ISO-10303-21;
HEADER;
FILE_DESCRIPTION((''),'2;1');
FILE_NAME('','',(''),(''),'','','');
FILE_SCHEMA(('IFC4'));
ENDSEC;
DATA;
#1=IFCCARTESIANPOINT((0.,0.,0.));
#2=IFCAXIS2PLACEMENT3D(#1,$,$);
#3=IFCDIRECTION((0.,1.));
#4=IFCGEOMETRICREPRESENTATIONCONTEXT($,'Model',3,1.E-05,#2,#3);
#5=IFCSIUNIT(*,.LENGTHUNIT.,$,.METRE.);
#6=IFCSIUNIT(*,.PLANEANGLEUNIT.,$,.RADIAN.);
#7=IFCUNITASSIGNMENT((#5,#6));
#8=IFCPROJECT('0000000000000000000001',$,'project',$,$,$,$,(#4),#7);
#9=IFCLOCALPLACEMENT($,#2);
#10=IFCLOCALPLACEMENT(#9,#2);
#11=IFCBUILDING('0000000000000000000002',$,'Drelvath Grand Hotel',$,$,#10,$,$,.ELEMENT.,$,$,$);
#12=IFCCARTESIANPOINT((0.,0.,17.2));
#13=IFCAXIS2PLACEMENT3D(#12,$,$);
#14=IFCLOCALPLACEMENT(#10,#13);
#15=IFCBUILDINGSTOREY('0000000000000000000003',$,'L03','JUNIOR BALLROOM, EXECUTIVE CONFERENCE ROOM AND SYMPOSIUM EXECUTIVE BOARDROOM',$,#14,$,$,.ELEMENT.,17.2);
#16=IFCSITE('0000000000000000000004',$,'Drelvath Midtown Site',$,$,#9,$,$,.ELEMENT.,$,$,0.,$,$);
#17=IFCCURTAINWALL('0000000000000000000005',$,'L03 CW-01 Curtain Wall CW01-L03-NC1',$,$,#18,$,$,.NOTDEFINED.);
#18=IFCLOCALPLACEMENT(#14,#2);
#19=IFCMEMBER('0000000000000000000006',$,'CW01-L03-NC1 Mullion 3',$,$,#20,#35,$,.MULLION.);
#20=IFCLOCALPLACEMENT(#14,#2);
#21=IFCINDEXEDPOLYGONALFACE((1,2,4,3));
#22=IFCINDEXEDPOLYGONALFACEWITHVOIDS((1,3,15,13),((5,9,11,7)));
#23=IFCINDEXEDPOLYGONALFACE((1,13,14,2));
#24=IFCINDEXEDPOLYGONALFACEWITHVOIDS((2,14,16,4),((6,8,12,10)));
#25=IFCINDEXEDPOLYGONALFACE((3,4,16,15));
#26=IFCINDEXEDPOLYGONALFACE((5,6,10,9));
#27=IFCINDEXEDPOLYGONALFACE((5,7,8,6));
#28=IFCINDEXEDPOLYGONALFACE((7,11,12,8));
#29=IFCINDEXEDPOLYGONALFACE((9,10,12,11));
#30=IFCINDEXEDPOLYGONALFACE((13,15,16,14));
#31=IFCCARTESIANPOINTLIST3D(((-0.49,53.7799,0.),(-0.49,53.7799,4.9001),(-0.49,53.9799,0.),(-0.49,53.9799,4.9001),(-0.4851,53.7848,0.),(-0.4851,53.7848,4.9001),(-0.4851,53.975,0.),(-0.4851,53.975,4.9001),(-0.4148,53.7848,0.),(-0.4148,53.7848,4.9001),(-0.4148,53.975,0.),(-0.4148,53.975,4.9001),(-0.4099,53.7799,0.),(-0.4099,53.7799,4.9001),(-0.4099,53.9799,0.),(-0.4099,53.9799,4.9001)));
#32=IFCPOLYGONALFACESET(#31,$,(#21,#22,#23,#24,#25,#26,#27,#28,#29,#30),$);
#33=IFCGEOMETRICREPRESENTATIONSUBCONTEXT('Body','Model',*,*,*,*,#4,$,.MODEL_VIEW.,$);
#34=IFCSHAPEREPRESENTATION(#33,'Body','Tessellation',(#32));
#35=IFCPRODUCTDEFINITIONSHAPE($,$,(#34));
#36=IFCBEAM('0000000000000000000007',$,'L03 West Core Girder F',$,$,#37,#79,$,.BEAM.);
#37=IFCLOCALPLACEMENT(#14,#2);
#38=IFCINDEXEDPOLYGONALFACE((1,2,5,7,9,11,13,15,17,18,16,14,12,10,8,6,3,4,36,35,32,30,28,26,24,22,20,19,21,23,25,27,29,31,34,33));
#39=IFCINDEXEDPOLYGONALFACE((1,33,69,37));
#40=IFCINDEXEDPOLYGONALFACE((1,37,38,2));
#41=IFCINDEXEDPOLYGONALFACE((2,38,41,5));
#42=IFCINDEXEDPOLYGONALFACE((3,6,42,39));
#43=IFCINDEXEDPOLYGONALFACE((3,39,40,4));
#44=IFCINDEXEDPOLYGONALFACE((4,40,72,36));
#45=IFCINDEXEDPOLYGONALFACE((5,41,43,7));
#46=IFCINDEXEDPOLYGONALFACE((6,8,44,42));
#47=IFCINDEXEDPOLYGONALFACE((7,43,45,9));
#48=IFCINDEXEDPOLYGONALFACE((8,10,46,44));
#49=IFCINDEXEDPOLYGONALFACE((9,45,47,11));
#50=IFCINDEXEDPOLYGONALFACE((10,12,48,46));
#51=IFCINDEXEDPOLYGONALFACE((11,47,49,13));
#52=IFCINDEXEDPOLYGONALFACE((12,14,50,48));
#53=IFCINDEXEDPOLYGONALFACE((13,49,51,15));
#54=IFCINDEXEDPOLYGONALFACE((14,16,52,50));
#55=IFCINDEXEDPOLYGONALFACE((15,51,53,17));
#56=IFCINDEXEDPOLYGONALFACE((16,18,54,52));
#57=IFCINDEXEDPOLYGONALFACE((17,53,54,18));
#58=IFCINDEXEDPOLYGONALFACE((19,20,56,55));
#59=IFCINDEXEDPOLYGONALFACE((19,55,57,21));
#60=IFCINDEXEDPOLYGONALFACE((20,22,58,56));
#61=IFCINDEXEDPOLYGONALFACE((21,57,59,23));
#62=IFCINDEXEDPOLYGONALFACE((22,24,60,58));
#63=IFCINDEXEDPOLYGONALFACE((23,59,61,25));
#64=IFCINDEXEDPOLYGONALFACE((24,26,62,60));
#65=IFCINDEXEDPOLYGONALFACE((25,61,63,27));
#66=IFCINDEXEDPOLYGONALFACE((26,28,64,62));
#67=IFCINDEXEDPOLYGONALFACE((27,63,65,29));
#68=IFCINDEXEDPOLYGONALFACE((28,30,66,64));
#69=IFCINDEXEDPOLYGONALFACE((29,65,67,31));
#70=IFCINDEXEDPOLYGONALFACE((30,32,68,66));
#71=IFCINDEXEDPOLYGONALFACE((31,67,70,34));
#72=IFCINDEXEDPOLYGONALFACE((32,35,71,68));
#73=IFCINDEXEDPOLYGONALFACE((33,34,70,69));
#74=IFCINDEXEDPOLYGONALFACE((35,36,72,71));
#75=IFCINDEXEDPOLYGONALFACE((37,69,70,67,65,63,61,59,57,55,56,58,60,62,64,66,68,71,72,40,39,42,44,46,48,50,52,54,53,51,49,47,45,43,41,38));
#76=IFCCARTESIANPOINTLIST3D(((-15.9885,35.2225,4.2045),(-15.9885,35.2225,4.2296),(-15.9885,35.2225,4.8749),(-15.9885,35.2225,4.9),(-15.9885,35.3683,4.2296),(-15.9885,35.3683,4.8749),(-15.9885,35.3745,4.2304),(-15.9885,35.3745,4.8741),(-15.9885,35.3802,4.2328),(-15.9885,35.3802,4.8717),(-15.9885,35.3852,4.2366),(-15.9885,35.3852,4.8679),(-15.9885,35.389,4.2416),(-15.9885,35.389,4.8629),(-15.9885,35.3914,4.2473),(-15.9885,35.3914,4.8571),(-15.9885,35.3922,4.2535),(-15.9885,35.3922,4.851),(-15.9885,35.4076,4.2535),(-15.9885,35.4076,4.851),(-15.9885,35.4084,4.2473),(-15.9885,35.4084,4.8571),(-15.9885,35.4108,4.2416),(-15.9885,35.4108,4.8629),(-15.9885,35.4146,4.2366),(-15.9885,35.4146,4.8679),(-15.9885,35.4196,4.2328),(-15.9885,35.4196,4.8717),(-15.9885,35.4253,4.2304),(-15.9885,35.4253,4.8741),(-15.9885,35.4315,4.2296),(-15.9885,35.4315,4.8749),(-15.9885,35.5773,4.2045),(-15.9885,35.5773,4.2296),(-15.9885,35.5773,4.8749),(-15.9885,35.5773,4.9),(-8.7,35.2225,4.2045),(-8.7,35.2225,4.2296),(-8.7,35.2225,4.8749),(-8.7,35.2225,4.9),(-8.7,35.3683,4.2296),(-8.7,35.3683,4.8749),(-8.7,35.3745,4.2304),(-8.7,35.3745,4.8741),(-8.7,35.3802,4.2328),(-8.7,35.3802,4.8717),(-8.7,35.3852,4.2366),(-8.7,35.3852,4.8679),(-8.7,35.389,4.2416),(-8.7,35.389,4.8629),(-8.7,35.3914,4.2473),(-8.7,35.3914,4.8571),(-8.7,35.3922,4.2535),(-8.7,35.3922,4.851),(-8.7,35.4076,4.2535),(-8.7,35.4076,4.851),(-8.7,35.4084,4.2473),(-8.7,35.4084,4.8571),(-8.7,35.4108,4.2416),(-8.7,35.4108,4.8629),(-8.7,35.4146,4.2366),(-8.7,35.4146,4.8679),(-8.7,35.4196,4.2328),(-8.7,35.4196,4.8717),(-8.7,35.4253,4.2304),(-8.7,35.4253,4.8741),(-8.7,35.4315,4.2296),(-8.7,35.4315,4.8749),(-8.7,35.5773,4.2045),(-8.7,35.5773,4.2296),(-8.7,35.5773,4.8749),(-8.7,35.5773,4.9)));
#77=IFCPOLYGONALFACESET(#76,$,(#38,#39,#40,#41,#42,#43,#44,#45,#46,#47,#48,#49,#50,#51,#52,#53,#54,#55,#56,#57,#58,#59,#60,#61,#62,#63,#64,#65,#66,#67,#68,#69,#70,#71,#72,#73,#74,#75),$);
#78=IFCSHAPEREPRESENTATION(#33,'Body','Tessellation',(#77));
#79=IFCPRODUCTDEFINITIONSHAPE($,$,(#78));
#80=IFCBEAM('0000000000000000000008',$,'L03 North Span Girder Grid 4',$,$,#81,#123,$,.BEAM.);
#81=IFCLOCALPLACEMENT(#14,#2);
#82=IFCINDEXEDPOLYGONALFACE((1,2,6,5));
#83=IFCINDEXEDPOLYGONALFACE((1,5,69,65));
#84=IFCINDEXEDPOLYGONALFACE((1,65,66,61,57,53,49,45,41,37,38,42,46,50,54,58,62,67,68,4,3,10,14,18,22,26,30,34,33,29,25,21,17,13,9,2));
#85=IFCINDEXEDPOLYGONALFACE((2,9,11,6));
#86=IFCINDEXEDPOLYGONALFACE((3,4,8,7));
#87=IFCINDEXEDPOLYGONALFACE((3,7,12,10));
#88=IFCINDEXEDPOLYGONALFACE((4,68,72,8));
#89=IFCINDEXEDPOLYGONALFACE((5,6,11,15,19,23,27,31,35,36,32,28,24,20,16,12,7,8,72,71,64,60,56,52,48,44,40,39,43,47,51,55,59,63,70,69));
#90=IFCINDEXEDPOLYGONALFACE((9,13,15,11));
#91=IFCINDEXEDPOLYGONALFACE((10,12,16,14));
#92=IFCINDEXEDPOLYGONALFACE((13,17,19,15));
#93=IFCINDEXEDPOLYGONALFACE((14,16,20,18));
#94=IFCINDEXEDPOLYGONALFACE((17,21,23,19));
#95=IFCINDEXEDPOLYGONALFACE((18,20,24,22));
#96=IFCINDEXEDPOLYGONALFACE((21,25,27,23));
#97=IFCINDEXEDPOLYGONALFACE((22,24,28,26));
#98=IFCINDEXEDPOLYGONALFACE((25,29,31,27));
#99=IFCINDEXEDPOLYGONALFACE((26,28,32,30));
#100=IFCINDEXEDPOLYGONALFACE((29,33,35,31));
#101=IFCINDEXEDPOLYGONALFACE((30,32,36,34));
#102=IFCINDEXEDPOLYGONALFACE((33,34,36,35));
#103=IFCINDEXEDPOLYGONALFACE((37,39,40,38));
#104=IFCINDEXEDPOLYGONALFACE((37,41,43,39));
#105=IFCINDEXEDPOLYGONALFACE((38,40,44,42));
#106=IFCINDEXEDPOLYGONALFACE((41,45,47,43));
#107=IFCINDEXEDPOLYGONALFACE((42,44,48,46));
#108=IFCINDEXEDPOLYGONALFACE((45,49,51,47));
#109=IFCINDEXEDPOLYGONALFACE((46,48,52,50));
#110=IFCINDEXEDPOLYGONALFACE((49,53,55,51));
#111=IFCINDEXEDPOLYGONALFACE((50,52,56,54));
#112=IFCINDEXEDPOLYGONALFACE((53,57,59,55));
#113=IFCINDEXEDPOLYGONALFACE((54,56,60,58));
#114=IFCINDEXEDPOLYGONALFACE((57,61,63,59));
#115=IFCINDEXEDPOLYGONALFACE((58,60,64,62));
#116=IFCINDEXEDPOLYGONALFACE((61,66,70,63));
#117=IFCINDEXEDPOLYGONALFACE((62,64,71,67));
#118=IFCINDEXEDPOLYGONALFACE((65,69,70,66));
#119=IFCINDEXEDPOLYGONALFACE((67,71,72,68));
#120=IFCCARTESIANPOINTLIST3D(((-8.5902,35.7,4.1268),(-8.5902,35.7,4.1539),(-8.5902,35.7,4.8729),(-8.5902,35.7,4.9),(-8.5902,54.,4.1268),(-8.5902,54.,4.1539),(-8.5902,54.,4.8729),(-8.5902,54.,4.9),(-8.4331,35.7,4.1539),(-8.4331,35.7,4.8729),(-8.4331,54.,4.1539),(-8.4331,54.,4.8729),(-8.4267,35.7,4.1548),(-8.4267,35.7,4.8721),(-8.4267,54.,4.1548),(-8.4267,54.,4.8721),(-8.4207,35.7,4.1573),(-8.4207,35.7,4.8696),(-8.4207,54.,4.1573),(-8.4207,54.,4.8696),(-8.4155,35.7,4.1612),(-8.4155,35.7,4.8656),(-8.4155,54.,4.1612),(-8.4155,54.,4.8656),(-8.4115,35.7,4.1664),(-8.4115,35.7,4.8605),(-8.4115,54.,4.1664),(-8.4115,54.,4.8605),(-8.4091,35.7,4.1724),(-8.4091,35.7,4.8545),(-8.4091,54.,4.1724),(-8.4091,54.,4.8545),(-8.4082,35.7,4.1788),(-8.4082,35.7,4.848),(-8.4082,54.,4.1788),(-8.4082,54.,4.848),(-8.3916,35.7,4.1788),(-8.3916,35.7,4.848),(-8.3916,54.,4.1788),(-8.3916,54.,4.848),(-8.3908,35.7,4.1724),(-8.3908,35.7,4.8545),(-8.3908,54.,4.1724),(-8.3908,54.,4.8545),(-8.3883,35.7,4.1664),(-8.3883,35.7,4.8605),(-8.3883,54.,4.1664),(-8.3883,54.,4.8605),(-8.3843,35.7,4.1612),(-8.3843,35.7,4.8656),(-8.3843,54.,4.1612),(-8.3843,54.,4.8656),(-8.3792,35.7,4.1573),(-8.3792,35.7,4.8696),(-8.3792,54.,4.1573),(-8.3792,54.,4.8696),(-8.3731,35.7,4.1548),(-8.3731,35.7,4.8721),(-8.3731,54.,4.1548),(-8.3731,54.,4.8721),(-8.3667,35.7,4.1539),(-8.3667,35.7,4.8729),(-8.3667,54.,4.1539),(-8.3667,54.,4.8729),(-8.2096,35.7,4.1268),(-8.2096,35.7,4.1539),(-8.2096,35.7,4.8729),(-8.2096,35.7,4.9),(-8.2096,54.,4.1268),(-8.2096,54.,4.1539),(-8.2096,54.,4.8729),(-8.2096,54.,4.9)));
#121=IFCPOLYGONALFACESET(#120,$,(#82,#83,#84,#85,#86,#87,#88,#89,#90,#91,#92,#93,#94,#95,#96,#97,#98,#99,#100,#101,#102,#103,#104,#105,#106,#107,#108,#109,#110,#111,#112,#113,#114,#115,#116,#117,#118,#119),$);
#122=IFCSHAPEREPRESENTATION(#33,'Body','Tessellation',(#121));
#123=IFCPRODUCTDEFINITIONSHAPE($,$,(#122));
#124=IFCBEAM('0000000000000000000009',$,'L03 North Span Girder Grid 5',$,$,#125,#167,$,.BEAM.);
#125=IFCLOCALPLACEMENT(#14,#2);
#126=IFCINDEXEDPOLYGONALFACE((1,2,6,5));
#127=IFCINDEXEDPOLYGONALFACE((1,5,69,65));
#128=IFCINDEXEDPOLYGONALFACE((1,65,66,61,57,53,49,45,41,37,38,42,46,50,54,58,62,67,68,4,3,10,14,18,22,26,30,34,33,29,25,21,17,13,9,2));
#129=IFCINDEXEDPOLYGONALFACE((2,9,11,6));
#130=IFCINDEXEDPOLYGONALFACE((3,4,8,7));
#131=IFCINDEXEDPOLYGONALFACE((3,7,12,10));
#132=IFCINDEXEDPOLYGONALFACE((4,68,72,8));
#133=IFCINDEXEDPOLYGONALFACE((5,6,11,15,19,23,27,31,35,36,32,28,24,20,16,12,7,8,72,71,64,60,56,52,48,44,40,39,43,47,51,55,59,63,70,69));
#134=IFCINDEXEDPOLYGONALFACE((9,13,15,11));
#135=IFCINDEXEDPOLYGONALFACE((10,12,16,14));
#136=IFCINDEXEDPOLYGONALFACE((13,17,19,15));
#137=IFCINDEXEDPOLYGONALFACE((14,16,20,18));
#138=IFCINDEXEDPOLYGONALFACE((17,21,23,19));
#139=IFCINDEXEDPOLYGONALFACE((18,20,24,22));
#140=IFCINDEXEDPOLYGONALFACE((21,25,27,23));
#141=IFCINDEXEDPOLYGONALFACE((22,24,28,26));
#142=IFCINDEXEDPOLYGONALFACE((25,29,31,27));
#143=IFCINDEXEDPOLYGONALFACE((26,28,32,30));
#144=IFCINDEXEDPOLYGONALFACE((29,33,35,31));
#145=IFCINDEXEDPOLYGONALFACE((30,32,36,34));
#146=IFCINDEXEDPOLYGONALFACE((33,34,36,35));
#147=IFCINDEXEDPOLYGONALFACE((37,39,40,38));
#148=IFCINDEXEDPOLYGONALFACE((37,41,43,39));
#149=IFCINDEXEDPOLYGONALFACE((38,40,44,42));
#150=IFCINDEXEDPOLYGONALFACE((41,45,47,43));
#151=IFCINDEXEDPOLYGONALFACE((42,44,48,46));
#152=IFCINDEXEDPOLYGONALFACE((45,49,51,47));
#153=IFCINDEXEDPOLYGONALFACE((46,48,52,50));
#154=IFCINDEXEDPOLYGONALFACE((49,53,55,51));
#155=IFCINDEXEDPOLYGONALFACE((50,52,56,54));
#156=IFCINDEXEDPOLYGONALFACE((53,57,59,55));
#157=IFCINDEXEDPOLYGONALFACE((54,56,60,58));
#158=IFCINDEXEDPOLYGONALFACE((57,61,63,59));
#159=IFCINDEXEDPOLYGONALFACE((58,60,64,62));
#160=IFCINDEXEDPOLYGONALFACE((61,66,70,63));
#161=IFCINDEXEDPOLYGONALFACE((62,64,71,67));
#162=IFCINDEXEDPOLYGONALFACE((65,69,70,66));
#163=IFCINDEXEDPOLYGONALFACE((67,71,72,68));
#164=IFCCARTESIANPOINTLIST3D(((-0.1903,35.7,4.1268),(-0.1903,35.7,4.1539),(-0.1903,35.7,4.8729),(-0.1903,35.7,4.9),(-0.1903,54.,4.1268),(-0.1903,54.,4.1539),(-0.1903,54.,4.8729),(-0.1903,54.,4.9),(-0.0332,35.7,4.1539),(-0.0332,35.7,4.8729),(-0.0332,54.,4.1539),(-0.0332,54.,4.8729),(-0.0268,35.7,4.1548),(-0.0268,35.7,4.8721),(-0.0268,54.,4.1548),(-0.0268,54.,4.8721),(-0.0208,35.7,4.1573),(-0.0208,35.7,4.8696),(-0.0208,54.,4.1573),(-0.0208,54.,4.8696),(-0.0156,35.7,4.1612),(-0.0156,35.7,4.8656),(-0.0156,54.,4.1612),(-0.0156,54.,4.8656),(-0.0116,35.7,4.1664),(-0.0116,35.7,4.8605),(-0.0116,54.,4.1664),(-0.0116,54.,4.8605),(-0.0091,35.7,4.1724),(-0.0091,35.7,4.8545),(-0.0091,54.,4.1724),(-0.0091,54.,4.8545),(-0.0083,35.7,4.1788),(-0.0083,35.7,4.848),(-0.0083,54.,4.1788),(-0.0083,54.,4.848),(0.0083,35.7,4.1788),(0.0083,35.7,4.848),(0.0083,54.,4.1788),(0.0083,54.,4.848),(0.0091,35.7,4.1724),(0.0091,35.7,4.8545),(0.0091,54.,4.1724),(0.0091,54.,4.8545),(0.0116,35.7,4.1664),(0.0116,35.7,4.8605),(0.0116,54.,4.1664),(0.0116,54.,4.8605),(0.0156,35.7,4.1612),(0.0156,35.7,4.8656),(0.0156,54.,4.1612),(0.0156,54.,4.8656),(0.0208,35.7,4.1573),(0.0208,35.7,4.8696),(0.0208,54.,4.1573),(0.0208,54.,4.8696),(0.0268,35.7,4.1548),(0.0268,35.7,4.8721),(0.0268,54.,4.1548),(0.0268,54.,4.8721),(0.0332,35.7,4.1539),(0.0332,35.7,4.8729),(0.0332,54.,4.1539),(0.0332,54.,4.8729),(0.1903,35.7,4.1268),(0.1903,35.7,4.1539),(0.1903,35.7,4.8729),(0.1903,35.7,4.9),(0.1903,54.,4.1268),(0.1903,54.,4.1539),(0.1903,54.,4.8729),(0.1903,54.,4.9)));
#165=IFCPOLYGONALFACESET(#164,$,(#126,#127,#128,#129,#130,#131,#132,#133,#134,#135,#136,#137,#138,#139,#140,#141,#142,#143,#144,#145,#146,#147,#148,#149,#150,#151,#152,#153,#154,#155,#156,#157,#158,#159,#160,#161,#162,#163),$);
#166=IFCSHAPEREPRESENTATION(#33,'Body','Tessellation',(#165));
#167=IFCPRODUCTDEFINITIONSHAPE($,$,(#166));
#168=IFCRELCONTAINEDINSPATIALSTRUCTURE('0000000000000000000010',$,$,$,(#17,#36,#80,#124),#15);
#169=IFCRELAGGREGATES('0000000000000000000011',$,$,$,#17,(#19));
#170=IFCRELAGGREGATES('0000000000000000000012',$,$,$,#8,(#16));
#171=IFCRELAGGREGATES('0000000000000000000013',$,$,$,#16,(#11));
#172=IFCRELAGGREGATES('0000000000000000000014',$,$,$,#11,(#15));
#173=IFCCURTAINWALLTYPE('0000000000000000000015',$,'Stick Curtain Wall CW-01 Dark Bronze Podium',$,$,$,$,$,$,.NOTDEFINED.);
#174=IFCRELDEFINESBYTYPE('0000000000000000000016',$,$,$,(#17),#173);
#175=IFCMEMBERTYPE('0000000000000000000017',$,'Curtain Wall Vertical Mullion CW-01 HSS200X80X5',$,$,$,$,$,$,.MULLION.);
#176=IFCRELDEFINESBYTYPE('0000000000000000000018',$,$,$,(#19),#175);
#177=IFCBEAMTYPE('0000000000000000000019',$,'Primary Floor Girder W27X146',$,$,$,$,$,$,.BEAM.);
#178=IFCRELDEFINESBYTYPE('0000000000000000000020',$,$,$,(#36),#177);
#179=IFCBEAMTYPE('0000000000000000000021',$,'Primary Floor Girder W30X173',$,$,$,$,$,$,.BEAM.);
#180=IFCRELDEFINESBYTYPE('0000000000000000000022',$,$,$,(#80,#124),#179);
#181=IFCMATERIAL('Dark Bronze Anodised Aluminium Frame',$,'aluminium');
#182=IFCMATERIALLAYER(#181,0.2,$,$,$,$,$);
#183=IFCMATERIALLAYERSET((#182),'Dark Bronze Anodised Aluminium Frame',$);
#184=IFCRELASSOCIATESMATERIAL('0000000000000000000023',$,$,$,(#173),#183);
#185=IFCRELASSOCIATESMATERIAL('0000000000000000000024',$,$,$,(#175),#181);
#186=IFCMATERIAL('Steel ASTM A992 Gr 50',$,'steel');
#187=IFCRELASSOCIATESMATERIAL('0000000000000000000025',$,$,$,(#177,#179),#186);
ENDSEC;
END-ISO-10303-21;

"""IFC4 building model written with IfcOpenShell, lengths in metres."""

from ifc_helpers import new_model, si_unit, direction, frame, origin, origin_2d, place, context, subcontext, project, spatial, hollow_rectangle, i_section, extrude, material, layer, layer_set, material_profile, profile_set, type_object, element, aggregate, save


model = new_model("IFC4")

# Units and contexts
model_context = context("Model", 3, precision=1e-05, world=origin(), true_north=direction((0.0, 1.0)))
body_context = subcontext(model_context, "Body", "Model", "MODEL_VIEW")
ifc_project = project(units=[si_unit("LENGTHUNIT", "METRE"), si_unit("PLANEANGLEUNIT", "RADIAN")], contexts=[model_context])

# Site, building, storey
site_placement = place(None, origin())
site = spatial("IfcSite", under=ifc_project, at=site_placement, Name="Drelvath Midtown Site", CompositionType="ELEMENT", RefElevation=0.0)
building_placement = place(site_placement, origin())
building = spatial("IfcBuilding", under=site, at=building_placement, Name="Drelvath Grand Hotel", CompositionType="ELEMENT")
storey_placement = place(building_placement, frame((0.0, 0.0, 17.2)))
storey = spatial("IfcBuildingStorey", under=building, at=storey_placement, Name="L03", Description="JUNIOR BALLROOM, EXECUTIVE CONFERENCE ROOM AND SYMPOSIUM EXECUTIVE BOARDROOM", CompositionType="ELEMENT", Elevation=17.2)

# Curtain wall, member
ifc_material_1 = material(Name="Dark Bronze Anodised Aluminium Frame", Category="aluminium")
ifc_layer_1 = layer(ifc_material_1, 0.2)
ifc_layer_set_1 = layer_set([ifc_layer_1], Name="Dark Bronze Anodised Aluminium Frame")
curtain_wall_type = type_object("IfcCurtainWallType", Name="Stick Curtain Wall CW-01 Dark Bronze Podium", PredefinedType="NOTDEFINED", material=ifc_layer_set_1)
curtain_wall_placement = place(storey_placement, origin())
curtain_wall = element("IfcCurtainWall", 1, at=curtain_wall_placement, inside=storey, type_object=curtain_wall_type, Name="L03 CW-01 Curtain Wall CW01-L03-NC1", PredefinedType="NOTDEFINED")
ifc_material_profile_1 = material_profile(ifc_material_1, hollow_rectangle(XDim=0.0801, YDim=0.2, WallThickness=0.0049, at=origin_2d()), Name="HSS200X80X5")
ifc_profile_set_1 = profile_set([ifc_material_profile_1], Name="Dark Bronze Anodised Aluminium Frame")
member_type_1 = type_object("IfcMemberType", Name="Curtain Wall Vertical Mullion CW-01 HSS200X80X5", PredefinedType="MULLION", material=ifc_profile_set_1)
member_1_placement = place(storey_placement, frame((-0.45, 53.8799, 0.0), z_axis=(0.0, 0.0, 1.0), x_axis=(1.0, 0.0, 0.0)))
member_1 = element("IfcMember", 2, at=member_1_placement, type_object=member_type_1, Name="CW01-L03-NC1 Mullion 3", PredefinedType="MULLION", context=body_context, shape_type="SweptSolid", body=[
    extrude(hollow_rectangle(XDim=0.0801, YDim=0.2, WallThickness=0.0049, at=origin_2d()), origin(), (0.0, 0.0, 1.0), 4.9001),
])

# Beams
ifc_material_2 = material(Name="Steel ASTM A992 Gr 50", Category="steel")
ifc_material_profile_2 = material_profile(ifc_material_2, i_section(OverallWidth=0.3547, OverallDepth=0.6956, WebThickness=0.0154, FlangeThickness=0.0251, FilletRadius=0.0239, at=origin_2d()), Name="W27X146")
ifc_profile_set_2 = profile_set([ifc_material_profile_2], Name="Steel ASTM A992 Gr 50")
beam_type_1 = type_object("IfcBeamType", Name="Primary Floor Girder W27X146", PredefinedType="BEAM", material=ifc_profile_set_2)
beam_1_placement = place(storey_placement, frame((-15.9885, 35.3999, 4.5522), z_axis=(1.0, 0.0, 0.0), x_axis=(0.0, 1.0, 0.0)))
element("IfcBeam", 3, at=beam_1_placement, inside=storey, type_object=beam_type_1, Name="L03 West Core Girder F", PredefinedType="BEAM", context=body_context, shape_type="SweptSolid", body=[
    extrude(i_section(OverallWidth=0.3547, OverallDepth=0.6956, WebThickness=0.0154, FlangeThickness=0.0251, FilletRadius=0.0239, at=origin_2d()), origin(), (0.0, 0.0, 1.0), 7.2886),
])
ifc_material_profile_3 = material_profile(ifc_material_2, i_section(OverallWidth=0.3806, OverallDepth=0.7732, WebThickness=0.0166, FlangeThickness=0.0271, FilletRadius=0.0249, at=origin_2d()), Name="W30X173")
ifc_profile_set_3 = profile_set([ifc_material_profile_3], Name="Steel ASTM A992 Gr 50")
beam_type_2 = type_object("IfcBeamType", Name="Primary Floor Girder W30X173", PredefinedType="BEAM", material=ifc_profile_set_3)
for number, where, z_axis, x_axis, name in (
    (4, (-8.3999, 35.7, 4.5134), (0.0, 1.0, 0.0), (-1.0, 0.0, 0.0), "L03 North Span Girder Grid 4"),
    (5, (0.0, 35.7, 4.5134), (0.0, 1.0, 0.0), (-1.0, 0.0, 0.0), "L03 North Span Girder Grid 5"),
):
    element("IfcBeam", number, at=place(storey_placement, frame(where, z_axis=z_axis, x_axis=x_axis)), inside=storey, type_object=beam_type_2, Name=name, PredefinedType="BEAM", context=body_context, shape_type="SweptSolid", body=[
        extrude(i_section(OverallWidth=0.3806, OverallDepth=0.7732, WebThickness=0.0166, FlangeThickness=0.0271, FilletRadius=0.0249, at=origin_2d()), origin(), (0.0, 0.0, 1.0), 18.3),
    ])

aggregate(curtain_wall, [member_1])

save(model, "model.ifc")
